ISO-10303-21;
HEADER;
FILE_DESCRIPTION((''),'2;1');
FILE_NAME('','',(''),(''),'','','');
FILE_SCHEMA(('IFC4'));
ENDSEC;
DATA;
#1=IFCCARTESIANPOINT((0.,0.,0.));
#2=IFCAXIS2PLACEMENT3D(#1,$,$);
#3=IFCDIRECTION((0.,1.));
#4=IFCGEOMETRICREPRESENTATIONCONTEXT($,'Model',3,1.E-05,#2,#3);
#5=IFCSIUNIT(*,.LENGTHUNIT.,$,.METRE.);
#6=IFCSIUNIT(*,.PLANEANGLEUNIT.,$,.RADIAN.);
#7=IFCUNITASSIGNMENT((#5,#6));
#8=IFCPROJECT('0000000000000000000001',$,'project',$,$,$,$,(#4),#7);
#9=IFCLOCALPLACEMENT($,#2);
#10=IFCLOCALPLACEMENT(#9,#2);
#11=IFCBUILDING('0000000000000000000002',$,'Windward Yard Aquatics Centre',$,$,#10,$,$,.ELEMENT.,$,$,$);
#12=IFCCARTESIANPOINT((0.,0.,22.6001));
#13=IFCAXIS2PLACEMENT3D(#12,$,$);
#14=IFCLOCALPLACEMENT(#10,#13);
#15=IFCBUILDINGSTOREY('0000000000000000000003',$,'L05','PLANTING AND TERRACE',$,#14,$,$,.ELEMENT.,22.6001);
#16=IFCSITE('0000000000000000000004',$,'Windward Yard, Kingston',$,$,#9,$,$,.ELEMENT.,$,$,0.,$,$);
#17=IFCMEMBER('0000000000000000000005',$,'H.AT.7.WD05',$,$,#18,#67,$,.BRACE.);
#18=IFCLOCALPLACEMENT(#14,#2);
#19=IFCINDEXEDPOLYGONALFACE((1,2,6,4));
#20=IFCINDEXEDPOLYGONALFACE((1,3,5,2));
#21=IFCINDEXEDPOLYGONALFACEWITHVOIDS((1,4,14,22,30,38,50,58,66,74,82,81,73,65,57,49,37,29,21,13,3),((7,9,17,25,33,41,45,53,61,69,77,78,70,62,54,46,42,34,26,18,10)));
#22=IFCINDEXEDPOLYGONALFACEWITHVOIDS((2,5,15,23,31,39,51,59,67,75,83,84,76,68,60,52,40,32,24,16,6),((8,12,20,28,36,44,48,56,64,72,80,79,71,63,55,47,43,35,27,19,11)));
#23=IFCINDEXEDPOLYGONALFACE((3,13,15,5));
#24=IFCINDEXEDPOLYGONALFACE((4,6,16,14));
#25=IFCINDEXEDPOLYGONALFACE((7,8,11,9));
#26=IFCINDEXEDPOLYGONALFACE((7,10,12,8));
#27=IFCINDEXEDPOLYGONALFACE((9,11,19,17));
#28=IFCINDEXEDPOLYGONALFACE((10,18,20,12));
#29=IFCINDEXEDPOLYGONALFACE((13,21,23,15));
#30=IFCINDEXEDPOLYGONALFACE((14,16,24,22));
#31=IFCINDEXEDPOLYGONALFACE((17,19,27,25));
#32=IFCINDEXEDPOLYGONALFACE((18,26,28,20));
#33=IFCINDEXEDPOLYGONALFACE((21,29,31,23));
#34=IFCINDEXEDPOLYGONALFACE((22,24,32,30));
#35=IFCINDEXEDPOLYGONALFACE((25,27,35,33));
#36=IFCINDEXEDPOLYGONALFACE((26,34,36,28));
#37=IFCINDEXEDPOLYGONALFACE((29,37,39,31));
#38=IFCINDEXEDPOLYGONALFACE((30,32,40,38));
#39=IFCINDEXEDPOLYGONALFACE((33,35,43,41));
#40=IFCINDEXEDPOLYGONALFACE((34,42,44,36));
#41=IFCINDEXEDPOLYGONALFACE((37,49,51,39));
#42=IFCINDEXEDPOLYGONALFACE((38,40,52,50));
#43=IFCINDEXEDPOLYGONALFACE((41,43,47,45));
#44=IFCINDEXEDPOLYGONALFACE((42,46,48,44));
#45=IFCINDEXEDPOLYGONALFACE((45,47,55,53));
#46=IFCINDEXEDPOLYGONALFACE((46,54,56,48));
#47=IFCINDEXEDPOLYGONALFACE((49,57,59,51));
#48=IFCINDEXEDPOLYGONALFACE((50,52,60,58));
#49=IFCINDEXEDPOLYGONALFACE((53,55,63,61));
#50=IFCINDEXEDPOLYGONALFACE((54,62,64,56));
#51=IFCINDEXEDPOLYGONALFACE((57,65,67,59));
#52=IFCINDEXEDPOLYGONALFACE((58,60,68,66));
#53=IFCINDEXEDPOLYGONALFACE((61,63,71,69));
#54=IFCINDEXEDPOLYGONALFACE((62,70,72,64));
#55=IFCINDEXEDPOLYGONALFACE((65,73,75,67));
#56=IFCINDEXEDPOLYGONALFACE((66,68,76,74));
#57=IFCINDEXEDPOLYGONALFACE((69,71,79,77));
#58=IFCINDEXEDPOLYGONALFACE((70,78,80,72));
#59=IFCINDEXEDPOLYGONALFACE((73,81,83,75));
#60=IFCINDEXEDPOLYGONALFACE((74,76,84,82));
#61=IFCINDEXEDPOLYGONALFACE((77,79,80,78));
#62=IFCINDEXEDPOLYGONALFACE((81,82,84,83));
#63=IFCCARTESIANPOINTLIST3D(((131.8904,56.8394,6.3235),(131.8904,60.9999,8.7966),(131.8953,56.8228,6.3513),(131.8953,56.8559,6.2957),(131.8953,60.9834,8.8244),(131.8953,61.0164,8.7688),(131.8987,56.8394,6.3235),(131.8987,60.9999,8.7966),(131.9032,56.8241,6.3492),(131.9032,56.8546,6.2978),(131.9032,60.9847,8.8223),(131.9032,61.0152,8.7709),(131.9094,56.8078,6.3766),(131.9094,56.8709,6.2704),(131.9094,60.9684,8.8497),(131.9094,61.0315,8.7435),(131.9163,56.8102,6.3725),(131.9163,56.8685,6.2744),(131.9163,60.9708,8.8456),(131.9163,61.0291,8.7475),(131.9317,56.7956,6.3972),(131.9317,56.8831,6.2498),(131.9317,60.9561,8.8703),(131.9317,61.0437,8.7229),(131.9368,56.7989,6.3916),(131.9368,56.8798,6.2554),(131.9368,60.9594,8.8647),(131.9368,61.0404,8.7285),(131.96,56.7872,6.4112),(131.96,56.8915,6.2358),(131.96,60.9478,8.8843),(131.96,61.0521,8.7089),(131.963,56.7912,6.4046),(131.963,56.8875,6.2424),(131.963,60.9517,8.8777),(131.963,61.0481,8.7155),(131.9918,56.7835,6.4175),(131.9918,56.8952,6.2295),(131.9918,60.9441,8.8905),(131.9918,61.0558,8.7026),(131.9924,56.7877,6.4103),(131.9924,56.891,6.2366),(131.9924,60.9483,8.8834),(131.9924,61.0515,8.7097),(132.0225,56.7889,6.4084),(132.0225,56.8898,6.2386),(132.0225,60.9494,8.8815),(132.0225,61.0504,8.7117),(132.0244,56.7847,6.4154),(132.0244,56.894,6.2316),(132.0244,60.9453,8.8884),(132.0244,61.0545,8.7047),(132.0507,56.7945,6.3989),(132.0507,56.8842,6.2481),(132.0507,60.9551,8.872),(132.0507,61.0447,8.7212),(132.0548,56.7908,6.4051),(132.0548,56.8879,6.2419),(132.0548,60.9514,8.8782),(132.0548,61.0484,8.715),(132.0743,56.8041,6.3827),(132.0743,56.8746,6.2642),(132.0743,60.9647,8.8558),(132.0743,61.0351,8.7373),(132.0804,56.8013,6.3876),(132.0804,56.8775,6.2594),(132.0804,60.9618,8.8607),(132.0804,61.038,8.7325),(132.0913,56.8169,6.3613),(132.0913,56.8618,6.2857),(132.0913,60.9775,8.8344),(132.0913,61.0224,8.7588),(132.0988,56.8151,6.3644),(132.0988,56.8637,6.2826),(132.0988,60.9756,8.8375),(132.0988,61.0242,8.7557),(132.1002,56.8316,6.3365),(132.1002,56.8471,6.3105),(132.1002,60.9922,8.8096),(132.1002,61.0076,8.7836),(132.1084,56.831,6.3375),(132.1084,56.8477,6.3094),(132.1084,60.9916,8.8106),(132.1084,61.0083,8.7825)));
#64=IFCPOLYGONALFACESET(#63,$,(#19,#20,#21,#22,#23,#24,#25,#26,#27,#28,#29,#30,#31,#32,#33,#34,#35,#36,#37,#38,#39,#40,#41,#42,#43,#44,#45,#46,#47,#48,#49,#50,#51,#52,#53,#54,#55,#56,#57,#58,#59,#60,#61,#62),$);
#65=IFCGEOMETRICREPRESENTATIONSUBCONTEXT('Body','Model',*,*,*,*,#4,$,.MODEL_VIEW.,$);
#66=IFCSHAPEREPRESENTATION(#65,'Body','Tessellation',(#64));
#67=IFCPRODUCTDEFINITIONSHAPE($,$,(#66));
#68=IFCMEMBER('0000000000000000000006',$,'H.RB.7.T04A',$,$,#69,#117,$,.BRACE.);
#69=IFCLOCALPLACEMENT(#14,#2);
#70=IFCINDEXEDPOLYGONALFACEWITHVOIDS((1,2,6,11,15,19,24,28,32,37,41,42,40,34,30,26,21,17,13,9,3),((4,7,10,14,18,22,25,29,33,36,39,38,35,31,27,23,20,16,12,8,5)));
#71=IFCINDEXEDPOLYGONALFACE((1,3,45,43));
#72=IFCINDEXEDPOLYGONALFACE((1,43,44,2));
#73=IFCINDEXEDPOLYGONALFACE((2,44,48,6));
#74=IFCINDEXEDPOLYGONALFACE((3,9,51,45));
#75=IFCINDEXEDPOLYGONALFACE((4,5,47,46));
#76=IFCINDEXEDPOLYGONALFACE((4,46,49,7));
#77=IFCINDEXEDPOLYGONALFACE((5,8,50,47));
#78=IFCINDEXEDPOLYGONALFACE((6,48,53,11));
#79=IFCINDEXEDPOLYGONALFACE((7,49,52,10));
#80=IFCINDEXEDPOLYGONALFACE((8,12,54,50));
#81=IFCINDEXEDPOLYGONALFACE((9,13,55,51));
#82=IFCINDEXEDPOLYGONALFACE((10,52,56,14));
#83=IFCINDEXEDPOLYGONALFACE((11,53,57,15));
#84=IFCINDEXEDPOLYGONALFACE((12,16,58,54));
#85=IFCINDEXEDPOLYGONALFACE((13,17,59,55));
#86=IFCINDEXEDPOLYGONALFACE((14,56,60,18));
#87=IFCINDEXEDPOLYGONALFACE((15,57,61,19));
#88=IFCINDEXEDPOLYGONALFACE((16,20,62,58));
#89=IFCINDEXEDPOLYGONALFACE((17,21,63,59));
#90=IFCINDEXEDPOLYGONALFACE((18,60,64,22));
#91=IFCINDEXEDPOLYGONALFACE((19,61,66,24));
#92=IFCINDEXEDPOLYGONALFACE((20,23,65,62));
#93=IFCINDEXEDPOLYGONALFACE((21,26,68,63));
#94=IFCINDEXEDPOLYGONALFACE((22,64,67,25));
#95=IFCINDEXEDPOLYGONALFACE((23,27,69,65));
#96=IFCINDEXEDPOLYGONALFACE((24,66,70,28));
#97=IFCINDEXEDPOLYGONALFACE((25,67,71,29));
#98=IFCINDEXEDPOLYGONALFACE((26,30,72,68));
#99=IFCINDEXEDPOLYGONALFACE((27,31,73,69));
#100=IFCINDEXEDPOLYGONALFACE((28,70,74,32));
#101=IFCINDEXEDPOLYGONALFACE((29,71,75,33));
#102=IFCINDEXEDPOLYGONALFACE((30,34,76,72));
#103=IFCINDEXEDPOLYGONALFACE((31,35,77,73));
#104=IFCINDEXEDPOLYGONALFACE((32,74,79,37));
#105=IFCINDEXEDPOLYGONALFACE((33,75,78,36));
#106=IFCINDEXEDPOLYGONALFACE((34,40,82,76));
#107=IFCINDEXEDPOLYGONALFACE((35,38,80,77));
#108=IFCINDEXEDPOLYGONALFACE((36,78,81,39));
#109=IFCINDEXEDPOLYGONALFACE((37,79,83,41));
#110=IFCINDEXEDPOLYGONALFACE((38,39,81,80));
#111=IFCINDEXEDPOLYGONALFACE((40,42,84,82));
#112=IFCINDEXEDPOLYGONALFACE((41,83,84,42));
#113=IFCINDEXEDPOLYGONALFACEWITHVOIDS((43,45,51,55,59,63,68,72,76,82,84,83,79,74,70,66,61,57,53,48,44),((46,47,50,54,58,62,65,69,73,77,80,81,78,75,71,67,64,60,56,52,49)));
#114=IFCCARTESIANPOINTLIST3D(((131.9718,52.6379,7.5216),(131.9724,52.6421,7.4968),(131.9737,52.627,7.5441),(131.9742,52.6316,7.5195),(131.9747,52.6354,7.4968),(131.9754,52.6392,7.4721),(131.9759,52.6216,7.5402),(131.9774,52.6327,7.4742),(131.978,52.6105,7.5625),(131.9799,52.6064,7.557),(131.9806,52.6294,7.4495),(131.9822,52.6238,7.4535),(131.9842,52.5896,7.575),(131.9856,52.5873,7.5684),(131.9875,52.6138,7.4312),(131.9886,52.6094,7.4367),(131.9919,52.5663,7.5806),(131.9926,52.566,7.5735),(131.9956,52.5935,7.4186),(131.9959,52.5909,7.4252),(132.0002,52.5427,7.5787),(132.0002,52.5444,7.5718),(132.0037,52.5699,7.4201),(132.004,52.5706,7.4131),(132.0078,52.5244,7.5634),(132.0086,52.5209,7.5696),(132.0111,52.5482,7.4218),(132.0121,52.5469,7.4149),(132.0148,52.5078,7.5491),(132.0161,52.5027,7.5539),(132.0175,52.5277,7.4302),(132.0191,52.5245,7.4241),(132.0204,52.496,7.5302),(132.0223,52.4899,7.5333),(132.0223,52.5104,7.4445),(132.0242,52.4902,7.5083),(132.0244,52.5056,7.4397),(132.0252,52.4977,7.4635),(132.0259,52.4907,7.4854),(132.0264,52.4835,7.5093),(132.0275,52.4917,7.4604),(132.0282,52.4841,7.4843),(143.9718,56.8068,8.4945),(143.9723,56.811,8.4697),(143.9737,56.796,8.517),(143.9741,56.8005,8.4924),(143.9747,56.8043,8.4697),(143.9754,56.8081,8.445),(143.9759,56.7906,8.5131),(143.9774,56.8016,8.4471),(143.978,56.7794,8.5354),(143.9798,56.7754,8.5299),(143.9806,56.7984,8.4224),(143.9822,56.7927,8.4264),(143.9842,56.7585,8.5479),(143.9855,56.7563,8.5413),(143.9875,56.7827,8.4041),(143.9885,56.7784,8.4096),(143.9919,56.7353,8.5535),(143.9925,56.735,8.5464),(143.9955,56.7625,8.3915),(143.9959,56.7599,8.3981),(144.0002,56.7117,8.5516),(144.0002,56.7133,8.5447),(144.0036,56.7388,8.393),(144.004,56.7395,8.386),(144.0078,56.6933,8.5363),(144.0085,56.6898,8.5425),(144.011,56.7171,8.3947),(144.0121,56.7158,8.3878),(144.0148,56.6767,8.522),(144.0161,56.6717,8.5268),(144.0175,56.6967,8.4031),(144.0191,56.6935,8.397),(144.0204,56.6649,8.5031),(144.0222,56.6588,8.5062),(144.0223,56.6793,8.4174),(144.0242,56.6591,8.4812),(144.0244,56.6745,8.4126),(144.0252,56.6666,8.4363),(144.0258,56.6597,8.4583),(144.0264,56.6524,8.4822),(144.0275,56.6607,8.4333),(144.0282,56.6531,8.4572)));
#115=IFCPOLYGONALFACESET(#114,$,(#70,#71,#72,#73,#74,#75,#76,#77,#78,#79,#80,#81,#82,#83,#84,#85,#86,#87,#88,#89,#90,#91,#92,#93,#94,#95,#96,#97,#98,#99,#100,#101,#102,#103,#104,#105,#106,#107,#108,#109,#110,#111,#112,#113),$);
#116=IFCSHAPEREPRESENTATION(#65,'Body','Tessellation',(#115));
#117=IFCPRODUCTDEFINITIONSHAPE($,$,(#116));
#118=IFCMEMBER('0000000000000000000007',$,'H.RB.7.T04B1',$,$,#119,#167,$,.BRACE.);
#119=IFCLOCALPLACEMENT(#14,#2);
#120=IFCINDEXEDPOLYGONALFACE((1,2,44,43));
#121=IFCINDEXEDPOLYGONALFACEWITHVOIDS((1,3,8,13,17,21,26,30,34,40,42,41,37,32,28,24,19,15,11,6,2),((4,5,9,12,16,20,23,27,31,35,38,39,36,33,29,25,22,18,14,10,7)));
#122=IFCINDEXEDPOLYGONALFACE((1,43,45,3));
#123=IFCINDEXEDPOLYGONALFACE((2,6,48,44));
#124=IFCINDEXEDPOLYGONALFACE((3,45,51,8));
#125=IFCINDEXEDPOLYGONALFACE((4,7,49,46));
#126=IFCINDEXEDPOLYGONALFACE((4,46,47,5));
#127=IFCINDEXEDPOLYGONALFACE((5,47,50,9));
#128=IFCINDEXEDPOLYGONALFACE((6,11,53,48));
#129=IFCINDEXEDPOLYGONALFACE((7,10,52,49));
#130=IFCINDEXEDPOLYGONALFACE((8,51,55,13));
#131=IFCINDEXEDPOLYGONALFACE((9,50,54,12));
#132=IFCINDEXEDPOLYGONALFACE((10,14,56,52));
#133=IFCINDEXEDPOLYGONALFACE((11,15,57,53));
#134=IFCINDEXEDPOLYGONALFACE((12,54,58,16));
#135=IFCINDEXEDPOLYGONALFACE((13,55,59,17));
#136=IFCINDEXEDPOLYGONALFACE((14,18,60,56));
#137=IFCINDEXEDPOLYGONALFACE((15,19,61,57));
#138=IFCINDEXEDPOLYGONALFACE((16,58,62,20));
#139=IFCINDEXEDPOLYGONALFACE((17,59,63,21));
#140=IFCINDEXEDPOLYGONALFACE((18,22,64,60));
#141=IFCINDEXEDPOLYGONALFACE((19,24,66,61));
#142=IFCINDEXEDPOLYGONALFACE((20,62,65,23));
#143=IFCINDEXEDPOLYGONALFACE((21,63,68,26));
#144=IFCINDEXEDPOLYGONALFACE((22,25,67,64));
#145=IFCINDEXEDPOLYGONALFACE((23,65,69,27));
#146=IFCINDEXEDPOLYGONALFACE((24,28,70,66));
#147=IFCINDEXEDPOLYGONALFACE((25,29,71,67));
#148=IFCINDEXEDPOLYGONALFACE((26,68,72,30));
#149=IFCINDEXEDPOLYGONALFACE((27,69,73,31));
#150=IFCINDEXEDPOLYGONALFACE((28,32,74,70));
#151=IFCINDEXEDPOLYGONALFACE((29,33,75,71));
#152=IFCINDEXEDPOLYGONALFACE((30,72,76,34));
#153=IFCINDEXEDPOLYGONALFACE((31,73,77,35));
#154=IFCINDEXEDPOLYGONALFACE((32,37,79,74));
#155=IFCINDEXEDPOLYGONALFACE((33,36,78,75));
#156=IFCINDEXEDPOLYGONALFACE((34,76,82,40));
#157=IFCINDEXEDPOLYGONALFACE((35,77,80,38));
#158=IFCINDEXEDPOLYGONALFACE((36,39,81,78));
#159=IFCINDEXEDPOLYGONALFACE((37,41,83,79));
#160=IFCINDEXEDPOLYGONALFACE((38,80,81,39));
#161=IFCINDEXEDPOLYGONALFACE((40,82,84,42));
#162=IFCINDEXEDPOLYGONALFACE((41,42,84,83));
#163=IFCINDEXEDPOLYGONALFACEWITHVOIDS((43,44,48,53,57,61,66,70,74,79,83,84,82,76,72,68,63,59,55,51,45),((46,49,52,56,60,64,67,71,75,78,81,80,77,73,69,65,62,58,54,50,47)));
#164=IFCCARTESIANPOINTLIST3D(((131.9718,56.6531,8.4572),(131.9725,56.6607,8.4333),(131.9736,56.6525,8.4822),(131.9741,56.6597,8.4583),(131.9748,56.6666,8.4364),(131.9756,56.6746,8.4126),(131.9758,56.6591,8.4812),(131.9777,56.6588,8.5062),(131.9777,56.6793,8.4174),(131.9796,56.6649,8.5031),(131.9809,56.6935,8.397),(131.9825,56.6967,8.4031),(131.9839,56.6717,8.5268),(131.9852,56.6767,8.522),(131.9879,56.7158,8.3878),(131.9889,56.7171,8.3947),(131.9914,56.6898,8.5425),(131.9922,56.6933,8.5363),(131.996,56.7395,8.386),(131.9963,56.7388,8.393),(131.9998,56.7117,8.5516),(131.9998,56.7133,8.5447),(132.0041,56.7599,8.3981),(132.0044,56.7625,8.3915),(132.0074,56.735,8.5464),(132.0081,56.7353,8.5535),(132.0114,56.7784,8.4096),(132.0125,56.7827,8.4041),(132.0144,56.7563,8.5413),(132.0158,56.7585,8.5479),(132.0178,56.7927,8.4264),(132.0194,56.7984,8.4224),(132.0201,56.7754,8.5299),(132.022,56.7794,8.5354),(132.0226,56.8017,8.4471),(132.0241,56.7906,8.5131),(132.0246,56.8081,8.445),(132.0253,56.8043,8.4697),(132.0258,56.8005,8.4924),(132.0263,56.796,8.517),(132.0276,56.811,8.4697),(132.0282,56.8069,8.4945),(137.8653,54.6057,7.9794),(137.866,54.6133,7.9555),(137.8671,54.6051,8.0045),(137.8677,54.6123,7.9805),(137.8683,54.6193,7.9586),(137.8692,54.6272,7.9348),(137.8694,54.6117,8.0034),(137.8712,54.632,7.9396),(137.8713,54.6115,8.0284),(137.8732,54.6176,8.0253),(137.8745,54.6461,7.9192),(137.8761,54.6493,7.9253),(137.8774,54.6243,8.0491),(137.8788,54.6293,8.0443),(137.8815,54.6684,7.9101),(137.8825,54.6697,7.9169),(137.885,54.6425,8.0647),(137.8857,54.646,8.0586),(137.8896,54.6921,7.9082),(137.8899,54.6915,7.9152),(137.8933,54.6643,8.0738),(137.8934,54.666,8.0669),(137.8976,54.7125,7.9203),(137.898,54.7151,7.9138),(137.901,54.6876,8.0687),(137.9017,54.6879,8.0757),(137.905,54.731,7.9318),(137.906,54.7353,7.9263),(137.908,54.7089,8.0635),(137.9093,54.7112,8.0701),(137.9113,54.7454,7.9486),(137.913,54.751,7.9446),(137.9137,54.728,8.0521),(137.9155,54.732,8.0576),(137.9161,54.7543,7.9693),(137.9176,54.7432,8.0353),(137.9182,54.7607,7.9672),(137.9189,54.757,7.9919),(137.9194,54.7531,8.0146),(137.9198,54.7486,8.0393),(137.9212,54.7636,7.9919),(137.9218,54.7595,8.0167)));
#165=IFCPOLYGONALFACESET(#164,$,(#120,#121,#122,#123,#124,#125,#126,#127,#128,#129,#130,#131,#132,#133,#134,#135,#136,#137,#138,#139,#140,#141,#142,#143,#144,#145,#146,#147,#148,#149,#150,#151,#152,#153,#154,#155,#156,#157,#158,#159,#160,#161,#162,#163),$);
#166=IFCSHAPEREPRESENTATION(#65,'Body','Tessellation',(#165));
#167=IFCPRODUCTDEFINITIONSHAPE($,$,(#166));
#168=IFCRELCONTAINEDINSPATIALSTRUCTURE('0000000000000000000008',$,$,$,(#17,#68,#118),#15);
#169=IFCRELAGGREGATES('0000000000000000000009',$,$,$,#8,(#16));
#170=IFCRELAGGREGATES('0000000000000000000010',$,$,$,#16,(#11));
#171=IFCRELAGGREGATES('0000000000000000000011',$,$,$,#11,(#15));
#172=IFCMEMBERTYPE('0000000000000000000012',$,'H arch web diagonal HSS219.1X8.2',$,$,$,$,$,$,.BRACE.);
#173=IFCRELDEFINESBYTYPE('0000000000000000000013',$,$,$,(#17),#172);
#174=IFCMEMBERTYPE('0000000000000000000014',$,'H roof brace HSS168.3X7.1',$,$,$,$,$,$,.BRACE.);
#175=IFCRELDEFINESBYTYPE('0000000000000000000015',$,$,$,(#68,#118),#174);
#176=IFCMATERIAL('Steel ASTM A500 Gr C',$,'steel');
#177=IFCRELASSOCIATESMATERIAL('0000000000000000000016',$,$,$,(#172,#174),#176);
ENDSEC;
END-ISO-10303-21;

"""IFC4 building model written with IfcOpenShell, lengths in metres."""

from ifc_helpers import new_model, si_unit, direction, frame, origin, origin_2d, place, context, subcontext, project, spatial, hollow_circle, extrude, material, material_profile, profile_set, type_object, element, save


model = new_model("IFC4")

# Units and contexts
model_context = context("Model", 3, precision=1e-05, world=origin(), true_north=direction((0.0, 1.0)))
body_context = subcontext(model_context, "Body", "Model", "MODEL_VIEW")
ifc_project = project(units=[si_unit("LENGTHUNIT", "METRE"), si_unit("PLANEANGLEUNIT", "RADIAN")], contexts=[model_context])

# Site, building, storey
site_placement = place(None, origin())
site = spatial("IfcSite", under=ifc_project, at=site_placement, Name="Windward Yard, Kingston", CompositionType="ELEMENT", RefElevation=0.0)
building_placement = place(site_placement, origin())
building = spatial("IfcBuilding", under=site, at=building_placement, Name="Windward Yard Aquatics Centre", CompositionType="ELEMENT")
storey_placement = place(building_placement, frame((0.0, 0.0, 22.6001)))
storey = spatial("IfcBuildingStorey", under=building, at=storey_placement, Name="L05", Description="PLANTING AND TERRACE", CompositionType="ELEMENT", Elevation=22.6001)

# Members
ifc_material_1 = material(Name="Steel ASTM A500 Gr C", Category="steel")
ifc_material_profile_1 = material_profile(ifc_material_1, hollow_circle(Radius=0.1096, WallThickness=0.0083, at=origin_2d()), Name="HSS219.1X8.2")
ifc_profile_set_1 = profile_set([ifc_material_profile_1], Name="Steel ASTM A500 Gr C")
member_type_1 = type_object("IfcMemberType", Name="H arch web diagonal HSS219.1X8.2", PredefinedType="BRACE", material=ifc_profile_set_1)
member_1_placement = place(storey_placement, frame((132.0, 56.8394, 6.3235), z_axis=(0.0, 0.859604, 0.510961), x_axis=(-1.0, 0.0, 0.0)))
element("IfcMember", 1, at=member_1_placement, inside=storey, type_object=member_type_1, Name="H.AT.7.WD05", PredefinedType="BRACE", context=body_context, shape_type="SweptSolid", body=[
    extrude(hollow_circle(Radius=0.1096, WallThickness=0.0083, at=origin_2d()), origin(), (0.0, 0.0, 1.0), 4.8401),
])
ifc_material_profile_2 = material_profile(ifc_material_1, hollow_circle(Radius=0.0842, WallThickness=0.0071, at=origin_2d()), Name="HSS168.3X7.1")
ifc_profile_set_2 = profile_set([ifc_material_profile_2], Name="Steel ASTM A500 Gr C")
member_type_2 = type_object("IfcMemberType", Name="H roof brace HSS168.3X7.1", PredefinedType="BRACE", material=ifc_profile_set_2)
member_2_placement = place(storey_placement, frame((132.0, 52.5625, 7.4968), z_axis=(0.94186, 0.327214, 0.076361), x_axis=(-0.328172, 0.944618, 0.0)))
element("IfcMember", 2, at=member_2_placement, inside=storey, type_object=member_type_2, Name="H.RB.7.T04A", PredefinedType="BRACE", context=body_context, shape_type="SweptSolid", body=[
    extrude(hollow_circle(Radius=0.0842, WallThickness=0.0071, at=origin_2d()), origin(), (0.0, 0.0, 1.0), 12.7407),
])
member_3_placement = place(storey_placement, frame((132.0, 56.7314, 8.4697), z_axis=(0.941867, -0.327195, -0.076356), x_axis=(0.328153, 0.944624, 0.0)))
element("IfcMember", 3, at=member_3_placement, inside=storey, type_object=member_type_2, Name="H.RB.7.T04B1", PredefinedType="BRACE", context=body_context, shape_type="SweptSolid", body=[
    extrude(hollow_circle(Radius=0.0842, WallThickness=0.0071, at=origin_2d()), origin(), (0.0, 0.0, 1.0), 6.2573),
])

save(model, "model.ifc")
